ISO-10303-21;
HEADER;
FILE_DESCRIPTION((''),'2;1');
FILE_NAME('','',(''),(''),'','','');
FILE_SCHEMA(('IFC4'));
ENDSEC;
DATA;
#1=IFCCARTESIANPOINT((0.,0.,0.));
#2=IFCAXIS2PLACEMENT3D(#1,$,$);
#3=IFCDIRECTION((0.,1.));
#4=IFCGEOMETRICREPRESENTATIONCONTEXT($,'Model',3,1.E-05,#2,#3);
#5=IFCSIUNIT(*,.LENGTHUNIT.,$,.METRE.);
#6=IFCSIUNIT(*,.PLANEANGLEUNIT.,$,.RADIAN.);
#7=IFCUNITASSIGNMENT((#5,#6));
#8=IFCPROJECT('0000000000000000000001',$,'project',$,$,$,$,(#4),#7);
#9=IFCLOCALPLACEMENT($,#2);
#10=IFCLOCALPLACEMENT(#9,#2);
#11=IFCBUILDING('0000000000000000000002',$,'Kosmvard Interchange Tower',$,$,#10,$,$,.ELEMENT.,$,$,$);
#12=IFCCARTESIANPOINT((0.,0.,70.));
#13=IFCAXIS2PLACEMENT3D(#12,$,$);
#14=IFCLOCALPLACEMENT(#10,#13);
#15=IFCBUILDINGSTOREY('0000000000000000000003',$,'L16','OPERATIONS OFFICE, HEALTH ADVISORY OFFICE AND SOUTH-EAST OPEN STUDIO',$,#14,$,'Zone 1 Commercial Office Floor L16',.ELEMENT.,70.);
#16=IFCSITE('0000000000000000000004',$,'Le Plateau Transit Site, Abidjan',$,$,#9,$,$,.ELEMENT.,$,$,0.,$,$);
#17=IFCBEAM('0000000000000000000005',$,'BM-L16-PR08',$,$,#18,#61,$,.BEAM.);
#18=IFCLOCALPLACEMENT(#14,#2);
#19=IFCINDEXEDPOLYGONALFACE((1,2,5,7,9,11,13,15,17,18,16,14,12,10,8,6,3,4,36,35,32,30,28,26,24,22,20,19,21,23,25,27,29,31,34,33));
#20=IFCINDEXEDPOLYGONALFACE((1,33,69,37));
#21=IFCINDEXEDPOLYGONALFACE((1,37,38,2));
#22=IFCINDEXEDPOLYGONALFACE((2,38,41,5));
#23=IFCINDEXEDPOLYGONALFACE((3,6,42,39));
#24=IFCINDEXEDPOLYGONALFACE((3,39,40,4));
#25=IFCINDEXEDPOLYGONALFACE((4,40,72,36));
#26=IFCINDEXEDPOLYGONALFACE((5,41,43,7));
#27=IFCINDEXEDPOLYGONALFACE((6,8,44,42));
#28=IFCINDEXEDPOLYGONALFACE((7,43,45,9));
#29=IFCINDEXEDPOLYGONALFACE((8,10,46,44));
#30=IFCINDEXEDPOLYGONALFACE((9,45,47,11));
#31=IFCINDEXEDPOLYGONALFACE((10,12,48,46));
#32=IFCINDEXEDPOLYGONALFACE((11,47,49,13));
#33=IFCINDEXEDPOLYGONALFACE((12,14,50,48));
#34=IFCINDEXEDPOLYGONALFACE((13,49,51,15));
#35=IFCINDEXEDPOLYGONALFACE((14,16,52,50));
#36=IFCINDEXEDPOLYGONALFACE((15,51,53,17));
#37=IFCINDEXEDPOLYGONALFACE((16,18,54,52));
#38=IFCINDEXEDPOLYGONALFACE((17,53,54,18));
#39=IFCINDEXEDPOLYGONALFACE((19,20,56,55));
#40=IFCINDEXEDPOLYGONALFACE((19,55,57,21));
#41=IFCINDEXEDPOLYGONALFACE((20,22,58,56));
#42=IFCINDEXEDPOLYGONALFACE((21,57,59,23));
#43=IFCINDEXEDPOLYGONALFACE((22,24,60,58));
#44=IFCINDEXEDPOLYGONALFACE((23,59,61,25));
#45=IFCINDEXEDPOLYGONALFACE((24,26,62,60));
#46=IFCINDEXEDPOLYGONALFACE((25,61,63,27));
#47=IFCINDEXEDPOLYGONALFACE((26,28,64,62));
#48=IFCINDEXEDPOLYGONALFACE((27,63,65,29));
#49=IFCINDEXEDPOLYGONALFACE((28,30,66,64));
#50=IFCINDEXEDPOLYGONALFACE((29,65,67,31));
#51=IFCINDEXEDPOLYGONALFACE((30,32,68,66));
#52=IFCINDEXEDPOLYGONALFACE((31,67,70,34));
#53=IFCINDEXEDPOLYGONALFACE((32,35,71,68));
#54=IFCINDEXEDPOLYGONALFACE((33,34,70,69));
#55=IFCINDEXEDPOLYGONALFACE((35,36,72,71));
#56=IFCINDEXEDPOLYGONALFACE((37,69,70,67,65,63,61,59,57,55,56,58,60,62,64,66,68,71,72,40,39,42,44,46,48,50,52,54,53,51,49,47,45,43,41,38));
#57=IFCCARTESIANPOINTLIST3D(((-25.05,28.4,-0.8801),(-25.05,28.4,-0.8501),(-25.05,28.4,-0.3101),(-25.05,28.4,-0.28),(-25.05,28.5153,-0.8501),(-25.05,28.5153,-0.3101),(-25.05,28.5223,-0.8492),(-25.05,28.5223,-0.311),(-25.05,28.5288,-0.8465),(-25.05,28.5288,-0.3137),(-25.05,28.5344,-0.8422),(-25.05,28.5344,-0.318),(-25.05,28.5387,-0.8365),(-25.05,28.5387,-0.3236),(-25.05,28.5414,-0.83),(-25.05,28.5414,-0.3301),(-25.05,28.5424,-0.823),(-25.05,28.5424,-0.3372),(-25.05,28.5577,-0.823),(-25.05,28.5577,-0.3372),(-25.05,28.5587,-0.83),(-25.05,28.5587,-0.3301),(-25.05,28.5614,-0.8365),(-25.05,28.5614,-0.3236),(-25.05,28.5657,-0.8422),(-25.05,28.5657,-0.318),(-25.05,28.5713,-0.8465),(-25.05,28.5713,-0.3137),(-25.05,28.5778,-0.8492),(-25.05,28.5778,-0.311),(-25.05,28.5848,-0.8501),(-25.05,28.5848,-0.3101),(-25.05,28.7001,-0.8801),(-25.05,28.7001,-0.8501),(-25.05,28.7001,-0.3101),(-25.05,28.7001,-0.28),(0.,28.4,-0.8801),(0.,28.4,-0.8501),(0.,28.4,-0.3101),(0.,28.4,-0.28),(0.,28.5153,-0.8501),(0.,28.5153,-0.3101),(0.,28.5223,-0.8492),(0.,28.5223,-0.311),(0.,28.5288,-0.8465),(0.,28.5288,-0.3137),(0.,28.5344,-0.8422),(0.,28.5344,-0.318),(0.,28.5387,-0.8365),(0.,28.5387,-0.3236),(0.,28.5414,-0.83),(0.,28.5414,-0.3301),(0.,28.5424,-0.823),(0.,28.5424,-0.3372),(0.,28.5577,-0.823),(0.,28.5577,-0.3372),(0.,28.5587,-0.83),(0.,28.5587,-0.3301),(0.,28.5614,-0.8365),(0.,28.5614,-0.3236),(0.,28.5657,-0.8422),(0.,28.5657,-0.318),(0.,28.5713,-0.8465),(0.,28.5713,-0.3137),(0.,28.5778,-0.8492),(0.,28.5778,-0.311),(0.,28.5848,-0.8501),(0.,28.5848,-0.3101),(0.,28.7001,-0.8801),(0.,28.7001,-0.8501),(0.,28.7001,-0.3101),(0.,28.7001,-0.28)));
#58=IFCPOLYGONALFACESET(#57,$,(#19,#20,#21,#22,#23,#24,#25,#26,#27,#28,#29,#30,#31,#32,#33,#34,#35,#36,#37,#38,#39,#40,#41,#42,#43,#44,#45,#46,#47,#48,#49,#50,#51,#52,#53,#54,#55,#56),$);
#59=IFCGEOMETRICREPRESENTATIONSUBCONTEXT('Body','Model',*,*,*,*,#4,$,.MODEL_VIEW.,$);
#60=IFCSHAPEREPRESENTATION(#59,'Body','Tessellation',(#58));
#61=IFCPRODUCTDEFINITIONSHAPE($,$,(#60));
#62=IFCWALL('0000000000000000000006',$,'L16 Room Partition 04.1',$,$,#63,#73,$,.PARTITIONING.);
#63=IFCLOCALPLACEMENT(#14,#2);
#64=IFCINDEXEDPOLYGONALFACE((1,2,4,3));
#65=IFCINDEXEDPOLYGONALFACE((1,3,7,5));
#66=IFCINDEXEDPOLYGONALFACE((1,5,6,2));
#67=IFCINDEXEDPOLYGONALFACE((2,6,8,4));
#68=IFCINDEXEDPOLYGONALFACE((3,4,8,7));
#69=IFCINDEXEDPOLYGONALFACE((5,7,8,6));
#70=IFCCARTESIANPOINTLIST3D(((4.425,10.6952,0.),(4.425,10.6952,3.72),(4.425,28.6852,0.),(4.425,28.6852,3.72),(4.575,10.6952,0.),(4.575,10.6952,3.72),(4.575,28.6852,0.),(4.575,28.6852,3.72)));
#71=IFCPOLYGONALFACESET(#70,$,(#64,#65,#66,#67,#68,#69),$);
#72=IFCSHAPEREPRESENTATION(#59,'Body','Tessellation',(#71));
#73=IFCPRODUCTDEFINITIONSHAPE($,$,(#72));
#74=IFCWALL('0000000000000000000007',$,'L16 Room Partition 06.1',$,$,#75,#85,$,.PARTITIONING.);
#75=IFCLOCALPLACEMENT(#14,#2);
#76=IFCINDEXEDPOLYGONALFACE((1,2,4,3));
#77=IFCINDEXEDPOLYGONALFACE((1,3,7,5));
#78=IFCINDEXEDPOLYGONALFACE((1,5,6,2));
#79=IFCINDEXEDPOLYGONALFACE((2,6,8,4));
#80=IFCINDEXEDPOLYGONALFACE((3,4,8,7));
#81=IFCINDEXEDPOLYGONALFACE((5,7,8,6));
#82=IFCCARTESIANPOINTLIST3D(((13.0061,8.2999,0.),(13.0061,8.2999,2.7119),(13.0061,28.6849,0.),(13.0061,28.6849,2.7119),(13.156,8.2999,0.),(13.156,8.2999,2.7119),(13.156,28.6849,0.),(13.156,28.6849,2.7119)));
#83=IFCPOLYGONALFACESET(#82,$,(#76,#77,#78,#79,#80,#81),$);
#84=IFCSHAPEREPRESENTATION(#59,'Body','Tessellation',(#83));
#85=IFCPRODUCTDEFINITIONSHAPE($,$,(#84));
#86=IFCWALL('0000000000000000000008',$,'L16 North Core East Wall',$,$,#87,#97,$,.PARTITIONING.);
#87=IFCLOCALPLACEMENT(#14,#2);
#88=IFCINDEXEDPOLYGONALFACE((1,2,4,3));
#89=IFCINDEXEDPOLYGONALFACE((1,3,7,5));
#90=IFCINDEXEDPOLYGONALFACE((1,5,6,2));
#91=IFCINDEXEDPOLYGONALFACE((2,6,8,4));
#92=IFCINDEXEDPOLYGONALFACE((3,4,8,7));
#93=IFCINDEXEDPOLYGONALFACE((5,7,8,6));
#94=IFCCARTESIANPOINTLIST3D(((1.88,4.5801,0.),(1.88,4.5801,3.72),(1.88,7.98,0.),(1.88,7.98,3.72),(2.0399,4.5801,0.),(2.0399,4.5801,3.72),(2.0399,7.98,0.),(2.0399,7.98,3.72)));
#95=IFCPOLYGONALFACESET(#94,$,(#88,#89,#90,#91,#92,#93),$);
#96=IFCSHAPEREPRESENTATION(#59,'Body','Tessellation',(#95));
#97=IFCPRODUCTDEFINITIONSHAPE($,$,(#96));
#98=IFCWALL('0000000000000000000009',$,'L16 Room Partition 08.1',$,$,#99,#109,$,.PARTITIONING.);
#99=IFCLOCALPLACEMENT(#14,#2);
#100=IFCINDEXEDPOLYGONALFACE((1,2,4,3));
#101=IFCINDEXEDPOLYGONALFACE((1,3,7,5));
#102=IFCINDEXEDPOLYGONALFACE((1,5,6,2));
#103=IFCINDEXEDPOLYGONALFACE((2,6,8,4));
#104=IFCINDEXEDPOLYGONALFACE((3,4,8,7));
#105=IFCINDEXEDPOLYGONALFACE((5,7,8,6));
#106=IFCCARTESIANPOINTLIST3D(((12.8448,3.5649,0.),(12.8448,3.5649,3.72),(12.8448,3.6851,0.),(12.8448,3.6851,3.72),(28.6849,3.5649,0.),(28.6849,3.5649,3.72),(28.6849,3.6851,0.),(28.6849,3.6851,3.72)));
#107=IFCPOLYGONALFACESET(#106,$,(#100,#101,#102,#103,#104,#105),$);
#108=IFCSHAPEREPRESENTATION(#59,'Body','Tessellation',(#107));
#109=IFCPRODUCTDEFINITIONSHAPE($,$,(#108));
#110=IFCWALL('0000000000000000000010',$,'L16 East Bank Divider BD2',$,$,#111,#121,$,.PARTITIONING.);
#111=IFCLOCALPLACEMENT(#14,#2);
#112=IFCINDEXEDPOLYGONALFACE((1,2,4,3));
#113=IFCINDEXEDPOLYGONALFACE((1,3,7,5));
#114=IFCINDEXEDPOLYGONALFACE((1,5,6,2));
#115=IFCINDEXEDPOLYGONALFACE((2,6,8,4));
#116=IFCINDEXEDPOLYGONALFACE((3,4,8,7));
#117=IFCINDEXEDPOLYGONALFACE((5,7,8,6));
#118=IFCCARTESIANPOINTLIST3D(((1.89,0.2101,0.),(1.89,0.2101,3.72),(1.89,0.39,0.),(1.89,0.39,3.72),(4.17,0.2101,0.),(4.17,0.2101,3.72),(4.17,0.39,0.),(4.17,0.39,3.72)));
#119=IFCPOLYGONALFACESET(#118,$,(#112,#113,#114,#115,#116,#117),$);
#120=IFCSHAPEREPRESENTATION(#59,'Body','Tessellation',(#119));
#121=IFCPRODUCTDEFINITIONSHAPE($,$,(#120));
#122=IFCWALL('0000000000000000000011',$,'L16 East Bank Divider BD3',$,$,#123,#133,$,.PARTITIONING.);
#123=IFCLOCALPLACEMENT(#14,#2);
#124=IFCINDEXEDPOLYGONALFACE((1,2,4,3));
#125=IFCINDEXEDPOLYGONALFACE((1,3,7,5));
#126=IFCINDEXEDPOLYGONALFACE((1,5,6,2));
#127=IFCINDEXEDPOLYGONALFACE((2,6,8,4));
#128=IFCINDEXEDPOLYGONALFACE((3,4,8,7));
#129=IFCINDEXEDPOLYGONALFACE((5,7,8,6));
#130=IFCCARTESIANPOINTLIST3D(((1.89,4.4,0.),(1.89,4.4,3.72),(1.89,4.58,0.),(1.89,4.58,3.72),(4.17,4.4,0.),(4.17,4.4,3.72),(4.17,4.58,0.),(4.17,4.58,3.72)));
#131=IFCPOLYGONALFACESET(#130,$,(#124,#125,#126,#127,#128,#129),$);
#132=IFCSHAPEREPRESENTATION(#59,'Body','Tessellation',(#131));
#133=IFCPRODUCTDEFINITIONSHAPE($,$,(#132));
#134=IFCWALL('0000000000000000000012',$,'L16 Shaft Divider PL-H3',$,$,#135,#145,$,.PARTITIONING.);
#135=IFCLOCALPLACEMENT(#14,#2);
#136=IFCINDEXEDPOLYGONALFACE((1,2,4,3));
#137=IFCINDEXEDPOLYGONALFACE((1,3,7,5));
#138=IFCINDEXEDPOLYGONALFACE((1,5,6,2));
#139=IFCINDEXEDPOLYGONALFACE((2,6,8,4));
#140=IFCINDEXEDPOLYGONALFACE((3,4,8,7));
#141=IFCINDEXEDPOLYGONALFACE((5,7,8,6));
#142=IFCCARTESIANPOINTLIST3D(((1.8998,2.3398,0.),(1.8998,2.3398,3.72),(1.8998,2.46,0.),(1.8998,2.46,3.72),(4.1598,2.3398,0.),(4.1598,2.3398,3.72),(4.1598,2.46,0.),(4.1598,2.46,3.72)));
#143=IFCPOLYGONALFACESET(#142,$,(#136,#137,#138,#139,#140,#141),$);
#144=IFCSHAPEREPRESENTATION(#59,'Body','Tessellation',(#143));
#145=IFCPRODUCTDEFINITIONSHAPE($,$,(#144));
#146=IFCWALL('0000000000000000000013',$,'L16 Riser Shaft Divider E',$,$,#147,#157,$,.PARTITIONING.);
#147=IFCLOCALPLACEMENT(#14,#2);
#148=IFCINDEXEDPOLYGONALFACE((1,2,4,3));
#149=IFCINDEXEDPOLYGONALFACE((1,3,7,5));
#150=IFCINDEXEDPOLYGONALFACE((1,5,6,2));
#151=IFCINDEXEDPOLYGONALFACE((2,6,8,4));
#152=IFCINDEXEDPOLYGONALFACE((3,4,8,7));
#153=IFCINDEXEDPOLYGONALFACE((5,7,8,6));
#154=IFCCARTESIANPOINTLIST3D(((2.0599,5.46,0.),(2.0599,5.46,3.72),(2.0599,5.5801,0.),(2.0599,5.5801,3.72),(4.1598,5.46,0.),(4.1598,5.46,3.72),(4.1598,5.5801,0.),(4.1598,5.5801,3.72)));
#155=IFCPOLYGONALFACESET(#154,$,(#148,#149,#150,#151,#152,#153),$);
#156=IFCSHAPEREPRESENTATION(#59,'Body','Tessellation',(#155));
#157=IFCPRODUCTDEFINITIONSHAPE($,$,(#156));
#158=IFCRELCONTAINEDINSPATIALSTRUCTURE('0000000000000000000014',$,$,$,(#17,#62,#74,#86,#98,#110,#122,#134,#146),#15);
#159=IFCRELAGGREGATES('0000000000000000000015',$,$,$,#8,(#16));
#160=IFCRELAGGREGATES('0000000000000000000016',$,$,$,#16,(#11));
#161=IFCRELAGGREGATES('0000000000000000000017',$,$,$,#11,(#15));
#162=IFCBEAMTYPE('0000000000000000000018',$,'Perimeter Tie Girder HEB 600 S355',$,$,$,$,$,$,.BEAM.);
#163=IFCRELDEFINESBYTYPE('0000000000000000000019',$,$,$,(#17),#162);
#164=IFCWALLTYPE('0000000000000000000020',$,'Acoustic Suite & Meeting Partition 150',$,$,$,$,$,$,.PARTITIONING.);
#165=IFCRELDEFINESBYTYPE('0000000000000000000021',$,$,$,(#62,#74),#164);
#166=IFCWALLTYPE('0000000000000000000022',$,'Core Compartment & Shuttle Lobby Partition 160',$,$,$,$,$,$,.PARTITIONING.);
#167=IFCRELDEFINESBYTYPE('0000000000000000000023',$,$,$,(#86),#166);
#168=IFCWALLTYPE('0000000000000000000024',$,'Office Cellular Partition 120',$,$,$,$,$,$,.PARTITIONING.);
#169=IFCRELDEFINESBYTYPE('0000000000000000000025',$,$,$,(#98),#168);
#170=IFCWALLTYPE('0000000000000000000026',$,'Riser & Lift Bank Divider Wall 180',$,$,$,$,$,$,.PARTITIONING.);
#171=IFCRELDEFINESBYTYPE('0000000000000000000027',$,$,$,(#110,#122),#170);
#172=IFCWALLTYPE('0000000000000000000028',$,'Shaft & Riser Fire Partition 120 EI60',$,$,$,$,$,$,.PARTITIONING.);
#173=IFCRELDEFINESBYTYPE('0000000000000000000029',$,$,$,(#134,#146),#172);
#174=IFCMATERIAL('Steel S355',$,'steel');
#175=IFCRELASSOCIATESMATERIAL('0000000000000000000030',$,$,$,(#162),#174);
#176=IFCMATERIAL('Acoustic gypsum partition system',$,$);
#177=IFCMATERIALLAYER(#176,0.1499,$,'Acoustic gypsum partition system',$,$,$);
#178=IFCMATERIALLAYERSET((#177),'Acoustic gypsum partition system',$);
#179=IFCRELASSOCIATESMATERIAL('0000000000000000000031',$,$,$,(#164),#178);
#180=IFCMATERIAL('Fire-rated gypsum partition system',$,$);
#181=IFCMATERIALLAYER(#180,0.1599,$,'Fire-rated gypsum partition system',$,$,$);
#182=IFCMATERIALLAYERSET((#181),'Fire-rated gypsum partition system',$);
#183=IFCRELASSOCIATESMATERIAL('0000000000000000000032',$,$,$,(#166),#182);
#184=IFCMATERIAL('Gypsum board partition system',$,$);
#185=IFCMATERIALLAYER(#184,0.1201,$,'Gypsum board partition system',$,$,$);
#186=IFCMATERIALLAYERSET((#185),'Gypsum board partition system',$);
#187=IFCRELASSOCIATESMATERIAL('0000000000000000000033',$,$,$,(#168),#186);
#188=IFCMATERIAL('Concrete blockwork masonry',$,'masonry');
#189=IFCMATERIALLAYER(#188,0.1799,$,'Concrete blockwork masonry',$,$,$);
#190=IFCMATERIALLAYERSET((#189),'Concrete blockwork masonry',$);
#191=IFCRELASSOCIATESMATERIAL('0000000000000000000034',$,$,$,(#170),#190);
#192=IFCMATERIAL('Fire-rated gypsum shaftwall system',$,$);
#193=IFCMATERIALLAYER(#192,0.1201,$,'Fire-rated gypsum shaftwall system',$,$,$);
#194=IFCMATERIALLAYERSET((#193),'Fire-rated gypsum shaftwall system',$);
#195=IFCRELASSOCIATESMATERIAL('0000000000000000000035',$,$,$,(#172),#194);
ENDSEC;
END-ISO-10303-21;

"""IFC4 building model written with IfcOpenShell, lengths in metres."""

from ifc_helpers import new_model, si_unit, direction, frame, frame_2d, origin, origin_2d, place, context, subcontext, project, spatial, rectangle, i_section, extrude, source, transform, mapped, material, layer, layer_set, material_profile, profile_set, type_object, element, save


model = new_model("IFC4")

# Units and contexts
model_context = context("Model", 3, precision=1e-05, world=origin(), true_north=direction((0.0, 1.0)))
body_context = subcontext(model_context, "Body", "Model", "MODEL_VIEW")
ifc_project = project(units=[si_unit("LENGTHUNIT", "METRE"), si_unit("PLANEANGLEUNIT", "RADIAN")], contexts=[model_context])

# Site, building, storey
site_placement = place(None, origin())
site = spatial("IfcSite", under=ifc_project, at=site_placement, Name="Le Plateau Transit Site, Abidjan", CompositionType="ELEMENT", RefElevation=0.0)
building_placement = place(site_placement, origin())
building = spatial("IfcBuilding", under=site, at=building_placement, Name="Kosmvard Interchange Tower", CompositionType="ELEMENT")
storey_placement = place(building_placement, frame((0.0, 0.0, 70.0)))
storey = spatial("IfcBuildingStorey", under=building, at=storey_placement, Name="L16", Description="OPERATIONS OFFICE, HEALTH ADVISORY OFFICE AND SOUTH-EAST OPEN STUDIO", LongName="Zone 1 Commercial Office Floor L16", CompositionType="ELEMENT", Elevation=70.0)

# Beam
ifc_material_1 = material(Name="Steel S355", Category="steel")
ifc_material_profile_1 = material_profile(ifc_material_1, i_section(OverallWidth=0.3, OverallDepth=0.6001, WebThickness=0.0154, FlangeThickness=0.03, FilletRadius=0.0271, at=origin_2d()), Name="HEB 600")
ifc_profile_set_1 = profile_set([ifc_material_profile_1], Name="Steel S355")
beam_type_1 = type_object("IfcBeamType", Name="Perimeter Tie Girder HEB 600 S355", PredefinedType="BEAM", material=ifc_profile_set_1)
shared_shape_1 = source(origin(), body_context, "Body", "SweptSolid", [
    extrude(i_section(OverallWidth=0.3, OverallDepth=0.6001, WebThickness=0.0154, FlangeThickness=0.03, FilletRadius=0.0271, at=origin_2d()), origin(), (0.0, 0.0, 1.0), 25.05),
])
beam_1_placement = place(storey_placement, frame((0.0, 28.55, -0.5801), z_axis=(-1.0, 0.0, 0.0), x_axis=(0.0, -1.0, 0.0)))
element("IfcBeam", 1, at=beam_1_placement, inside=storey, type_object=beam_type_1, Name="BM-L16-PR08", PredefinedType="BEAM", context=body_context, shape_type="MappedRepresentation", body=[
    mapped(shared_shape_1, transform((0.0, 0.0, 0.0), scale=1.0)),
])

# Walls
ifc_material_2 = material(Name="Acoustic gypsum partition system")
ifc_layer_1 = layer(ifc_material_2, 0.1499, Name="Acoustic gypsum partition system")
ifc_layer_set_1 = layer_set([ifc_layer_1], Name="Acoustic gypsum partition system")
wall_type_1 = type_object("IfcWallType", Name="Acoustic Suite & Meeting Partition 150", PredefinedType="PARTITIONING", material=ifc_layer_set_1)
wall_1_placement = place(storey_placement, frame((4.5, 10.6951, 0.0), z_axis=(0.0, 0.0, 1.0), x_axis=(0.0, 1.0, 0.0)))
element("IfcWall", 2, at=wall_1_placement, inside=storey, type_object=wall_type_1, Name="L16 Room Partition 04.1", PredefinedType="PARTITIONING", context=body_context, shape_type="SweptSolid", body=[
    extrude(rectangle(XDim=17.99, YDim=0.1499, at=frame_2d((8.9951, 0.0))), origin(), (0.0, 0.0, 1.0), 3.72),
])
wall_2_placement = place(storey_placement, frame((13.0811, 8.3, 0.0), z_axis=(0.0, 0.0, 1.0), x_axis=(0.0, 1.0, 0.0)))
element("IfcWall", 3, at=wall_2_placement, inside=storey, type_object=wall_type_1, Name="L16 Room Partition 06.1", PredefinedType="PARTITIONING", context=body_context, shape_type="SweptSolid", body=[
    extrude(rectangle(XDim=20.385, YDim=0.1499, at=frame_2d((10.1924, 0.0))), origin(), (0.0, 0.0, 1.0), 2.7119),
])
ifc_material_3 = material(Name="Fire-rated gypsum partition system")
ifc_layer_2 = layer(ifc_material_3, 0.1599, Name="Fire-rated gypsum partition system")
ifc_layer_set_2 = layer_set([ifc_layer_2], Name="Fire-rated gypsum partition system")
wall_type_2 = type_object("IfcWallType", Name="Core Compartment & Shuttle Lobby Partition 160", PredefinedType="PARTITIONING", material=ifc_layer_set_2)
wall_3_placement = place(storey_placement, frame((1.96, 4.5801, 0.0), z_axis=(0.0, 0.0, 1.0), x_axis=(0.0, 1.0, 0.0)))
element("IfcWall", 4, at=wall_3_placement, inside=storey, type_object=wall_type_2, Name="L16 North Core East Wall", PredefinedType="PARTITIONING", context=body_context, shape_type="SweptSolid", body=[
    extrude(rectangle(XDim=3.3999, YDim=0.1599, at=frame_2d((1.7, 0.0))), origin(), (0.0, 0.0, 1.0), 3.72),
])
ifc_material_4 = material(Name="Gypsum board partition system")
ifc_layer_3 = layer(ifc_material_4, 0.1201, Name="Gypsum board partition system")
ifc_layer_set_3 = layer_set([ifc_layer_3], Name="Gypsum board partition system")
wall_type_3 = type_object("IfcWallType", Name="Office Cellular Partition 120", PredefinedType="PARTITIONING", material=ifc_layer_set_3)
wall_4_placement = place(storey_placement, frame((12.845, 3.625, 0.0), z_axis=(0.0, 0.0, 1.0), x_axis=(1.0, 0.0, 0.0)))
element("IfcWall", 5, at=wall_4_placement, inside=storey, type_object=wall_type_3, Name="L16 Room Partition 08.1", PredefinedType="PARTITIONING", context=body_context, shape_type="SweptSolid", body=[
    extrude(rectangle(XDim=15.8401, YDim=0.1201, at=frame_2d((7.9199, 0.0))), origin(), (0.0, 0.0, 1.0), 3.72),
])
ifc_material_5 = material(Name="Concrete blockwork masonry", Category="masonry")
ifc_layer_4 = layer(ifc_material_5, 0.1799, Name="Concrete blockwork masonry")
ifc_layer_set_4 = layer_set([ifc_layer_4], Name="Concrete blockwork masonry")
wall_type_4 = type_object("IfcWallType", Name="Riser & Lift Bank Divider Wall 180", PredefinedType="PARTITIONING", material=ifc_layer_set_4)
for number, where, z_axis, x_axis, name in (
    (6, (1.8899, 0.3, 0.0), (0.0, 0.0, 1.0), (1.0, 0.0, 0.0), "L16 East Bank Divider BD2"),
    (7, (1.8899, 4.49, 0.0), (0.0, 0.0, 1.0), (1.0, 0.0, 0.0), "L16 East Bank Divider BD3"),
):
    element("IfcWall", number, at=place(storey_placement, frame(where, z_axis=z_axis, x_axis=x_axis)), inside=storey, type_object=wall_type_4, Name=name, PredefinedType="PARTITIONING", context=body_context, shape_type="SweptSolid", body=[
        extrude(rectangle(XDim=2.28, YDim=0.1799, at=frame_2d((1.1401, 0.0))), origin(), (0.0, 0.0, 1.0), 3.72),
    ])
ifc_material_6 = material(Name="Fire-rated gypsum shaftwall system")
ifc_layer_5 = layer(ifc_material_6, 0.1201, Name="Fire-rated gypsum shaftwall system")
ifc_layer_set_5 = layer_set([ifc_layer_5], Name="Fire-rated gypsum shaftwall system")
wall_type_5 = type_object("IfcWallType", Name="Shaft & Riser Fire Partition 120 EI60", PredefinedType="PARTITIONING", material=ifc_layer_set_5)
wall_5_placement = place(storey_placement, frame((1.8999, 2.3999, 0.0), z_axis=(0.0, 0.0, 1.0), x_axis=(1.0, 0.0, 0.0)))
element("IfcWall", 8, at=wall_5_placement, inside=storey, type_object=wall_type_5, Name="L16 Shaft Divider PL-H3", PredefinedType="PARTITIONING", context=body_context, shape_type="SweptSolid", body=[
    extrude(rectangle(XDim=2.26, YDim=0.1201, at=frame_2d((1.1299, 0.0))), origin(), (0.0, 0.0, 1.0), 3.72),
])
wall_6_placement = place(storey_placement, frame((2.0601, 5.52, 0.0), z_axis=(0.0, 0.0, 1.0), x_axis=(1.0, 0.0, 0.0)))
element("IfcWall", 9, at=wall_6_placement, inside=storey, type_object=wall_type_5, Name="L16 Riser Shaft Divider E", PredefinedType="PARTITIONING", context=body_context, shape_type="SweptSolid", body=[
    extrude(rectangle(XDim=2.0999, YDim=0.1201, at=frame_2d((1.0498, 0.0))), origin(), (0.0, 0.0, 1.0), 3.72),
])

save(model, "model.ifc")
